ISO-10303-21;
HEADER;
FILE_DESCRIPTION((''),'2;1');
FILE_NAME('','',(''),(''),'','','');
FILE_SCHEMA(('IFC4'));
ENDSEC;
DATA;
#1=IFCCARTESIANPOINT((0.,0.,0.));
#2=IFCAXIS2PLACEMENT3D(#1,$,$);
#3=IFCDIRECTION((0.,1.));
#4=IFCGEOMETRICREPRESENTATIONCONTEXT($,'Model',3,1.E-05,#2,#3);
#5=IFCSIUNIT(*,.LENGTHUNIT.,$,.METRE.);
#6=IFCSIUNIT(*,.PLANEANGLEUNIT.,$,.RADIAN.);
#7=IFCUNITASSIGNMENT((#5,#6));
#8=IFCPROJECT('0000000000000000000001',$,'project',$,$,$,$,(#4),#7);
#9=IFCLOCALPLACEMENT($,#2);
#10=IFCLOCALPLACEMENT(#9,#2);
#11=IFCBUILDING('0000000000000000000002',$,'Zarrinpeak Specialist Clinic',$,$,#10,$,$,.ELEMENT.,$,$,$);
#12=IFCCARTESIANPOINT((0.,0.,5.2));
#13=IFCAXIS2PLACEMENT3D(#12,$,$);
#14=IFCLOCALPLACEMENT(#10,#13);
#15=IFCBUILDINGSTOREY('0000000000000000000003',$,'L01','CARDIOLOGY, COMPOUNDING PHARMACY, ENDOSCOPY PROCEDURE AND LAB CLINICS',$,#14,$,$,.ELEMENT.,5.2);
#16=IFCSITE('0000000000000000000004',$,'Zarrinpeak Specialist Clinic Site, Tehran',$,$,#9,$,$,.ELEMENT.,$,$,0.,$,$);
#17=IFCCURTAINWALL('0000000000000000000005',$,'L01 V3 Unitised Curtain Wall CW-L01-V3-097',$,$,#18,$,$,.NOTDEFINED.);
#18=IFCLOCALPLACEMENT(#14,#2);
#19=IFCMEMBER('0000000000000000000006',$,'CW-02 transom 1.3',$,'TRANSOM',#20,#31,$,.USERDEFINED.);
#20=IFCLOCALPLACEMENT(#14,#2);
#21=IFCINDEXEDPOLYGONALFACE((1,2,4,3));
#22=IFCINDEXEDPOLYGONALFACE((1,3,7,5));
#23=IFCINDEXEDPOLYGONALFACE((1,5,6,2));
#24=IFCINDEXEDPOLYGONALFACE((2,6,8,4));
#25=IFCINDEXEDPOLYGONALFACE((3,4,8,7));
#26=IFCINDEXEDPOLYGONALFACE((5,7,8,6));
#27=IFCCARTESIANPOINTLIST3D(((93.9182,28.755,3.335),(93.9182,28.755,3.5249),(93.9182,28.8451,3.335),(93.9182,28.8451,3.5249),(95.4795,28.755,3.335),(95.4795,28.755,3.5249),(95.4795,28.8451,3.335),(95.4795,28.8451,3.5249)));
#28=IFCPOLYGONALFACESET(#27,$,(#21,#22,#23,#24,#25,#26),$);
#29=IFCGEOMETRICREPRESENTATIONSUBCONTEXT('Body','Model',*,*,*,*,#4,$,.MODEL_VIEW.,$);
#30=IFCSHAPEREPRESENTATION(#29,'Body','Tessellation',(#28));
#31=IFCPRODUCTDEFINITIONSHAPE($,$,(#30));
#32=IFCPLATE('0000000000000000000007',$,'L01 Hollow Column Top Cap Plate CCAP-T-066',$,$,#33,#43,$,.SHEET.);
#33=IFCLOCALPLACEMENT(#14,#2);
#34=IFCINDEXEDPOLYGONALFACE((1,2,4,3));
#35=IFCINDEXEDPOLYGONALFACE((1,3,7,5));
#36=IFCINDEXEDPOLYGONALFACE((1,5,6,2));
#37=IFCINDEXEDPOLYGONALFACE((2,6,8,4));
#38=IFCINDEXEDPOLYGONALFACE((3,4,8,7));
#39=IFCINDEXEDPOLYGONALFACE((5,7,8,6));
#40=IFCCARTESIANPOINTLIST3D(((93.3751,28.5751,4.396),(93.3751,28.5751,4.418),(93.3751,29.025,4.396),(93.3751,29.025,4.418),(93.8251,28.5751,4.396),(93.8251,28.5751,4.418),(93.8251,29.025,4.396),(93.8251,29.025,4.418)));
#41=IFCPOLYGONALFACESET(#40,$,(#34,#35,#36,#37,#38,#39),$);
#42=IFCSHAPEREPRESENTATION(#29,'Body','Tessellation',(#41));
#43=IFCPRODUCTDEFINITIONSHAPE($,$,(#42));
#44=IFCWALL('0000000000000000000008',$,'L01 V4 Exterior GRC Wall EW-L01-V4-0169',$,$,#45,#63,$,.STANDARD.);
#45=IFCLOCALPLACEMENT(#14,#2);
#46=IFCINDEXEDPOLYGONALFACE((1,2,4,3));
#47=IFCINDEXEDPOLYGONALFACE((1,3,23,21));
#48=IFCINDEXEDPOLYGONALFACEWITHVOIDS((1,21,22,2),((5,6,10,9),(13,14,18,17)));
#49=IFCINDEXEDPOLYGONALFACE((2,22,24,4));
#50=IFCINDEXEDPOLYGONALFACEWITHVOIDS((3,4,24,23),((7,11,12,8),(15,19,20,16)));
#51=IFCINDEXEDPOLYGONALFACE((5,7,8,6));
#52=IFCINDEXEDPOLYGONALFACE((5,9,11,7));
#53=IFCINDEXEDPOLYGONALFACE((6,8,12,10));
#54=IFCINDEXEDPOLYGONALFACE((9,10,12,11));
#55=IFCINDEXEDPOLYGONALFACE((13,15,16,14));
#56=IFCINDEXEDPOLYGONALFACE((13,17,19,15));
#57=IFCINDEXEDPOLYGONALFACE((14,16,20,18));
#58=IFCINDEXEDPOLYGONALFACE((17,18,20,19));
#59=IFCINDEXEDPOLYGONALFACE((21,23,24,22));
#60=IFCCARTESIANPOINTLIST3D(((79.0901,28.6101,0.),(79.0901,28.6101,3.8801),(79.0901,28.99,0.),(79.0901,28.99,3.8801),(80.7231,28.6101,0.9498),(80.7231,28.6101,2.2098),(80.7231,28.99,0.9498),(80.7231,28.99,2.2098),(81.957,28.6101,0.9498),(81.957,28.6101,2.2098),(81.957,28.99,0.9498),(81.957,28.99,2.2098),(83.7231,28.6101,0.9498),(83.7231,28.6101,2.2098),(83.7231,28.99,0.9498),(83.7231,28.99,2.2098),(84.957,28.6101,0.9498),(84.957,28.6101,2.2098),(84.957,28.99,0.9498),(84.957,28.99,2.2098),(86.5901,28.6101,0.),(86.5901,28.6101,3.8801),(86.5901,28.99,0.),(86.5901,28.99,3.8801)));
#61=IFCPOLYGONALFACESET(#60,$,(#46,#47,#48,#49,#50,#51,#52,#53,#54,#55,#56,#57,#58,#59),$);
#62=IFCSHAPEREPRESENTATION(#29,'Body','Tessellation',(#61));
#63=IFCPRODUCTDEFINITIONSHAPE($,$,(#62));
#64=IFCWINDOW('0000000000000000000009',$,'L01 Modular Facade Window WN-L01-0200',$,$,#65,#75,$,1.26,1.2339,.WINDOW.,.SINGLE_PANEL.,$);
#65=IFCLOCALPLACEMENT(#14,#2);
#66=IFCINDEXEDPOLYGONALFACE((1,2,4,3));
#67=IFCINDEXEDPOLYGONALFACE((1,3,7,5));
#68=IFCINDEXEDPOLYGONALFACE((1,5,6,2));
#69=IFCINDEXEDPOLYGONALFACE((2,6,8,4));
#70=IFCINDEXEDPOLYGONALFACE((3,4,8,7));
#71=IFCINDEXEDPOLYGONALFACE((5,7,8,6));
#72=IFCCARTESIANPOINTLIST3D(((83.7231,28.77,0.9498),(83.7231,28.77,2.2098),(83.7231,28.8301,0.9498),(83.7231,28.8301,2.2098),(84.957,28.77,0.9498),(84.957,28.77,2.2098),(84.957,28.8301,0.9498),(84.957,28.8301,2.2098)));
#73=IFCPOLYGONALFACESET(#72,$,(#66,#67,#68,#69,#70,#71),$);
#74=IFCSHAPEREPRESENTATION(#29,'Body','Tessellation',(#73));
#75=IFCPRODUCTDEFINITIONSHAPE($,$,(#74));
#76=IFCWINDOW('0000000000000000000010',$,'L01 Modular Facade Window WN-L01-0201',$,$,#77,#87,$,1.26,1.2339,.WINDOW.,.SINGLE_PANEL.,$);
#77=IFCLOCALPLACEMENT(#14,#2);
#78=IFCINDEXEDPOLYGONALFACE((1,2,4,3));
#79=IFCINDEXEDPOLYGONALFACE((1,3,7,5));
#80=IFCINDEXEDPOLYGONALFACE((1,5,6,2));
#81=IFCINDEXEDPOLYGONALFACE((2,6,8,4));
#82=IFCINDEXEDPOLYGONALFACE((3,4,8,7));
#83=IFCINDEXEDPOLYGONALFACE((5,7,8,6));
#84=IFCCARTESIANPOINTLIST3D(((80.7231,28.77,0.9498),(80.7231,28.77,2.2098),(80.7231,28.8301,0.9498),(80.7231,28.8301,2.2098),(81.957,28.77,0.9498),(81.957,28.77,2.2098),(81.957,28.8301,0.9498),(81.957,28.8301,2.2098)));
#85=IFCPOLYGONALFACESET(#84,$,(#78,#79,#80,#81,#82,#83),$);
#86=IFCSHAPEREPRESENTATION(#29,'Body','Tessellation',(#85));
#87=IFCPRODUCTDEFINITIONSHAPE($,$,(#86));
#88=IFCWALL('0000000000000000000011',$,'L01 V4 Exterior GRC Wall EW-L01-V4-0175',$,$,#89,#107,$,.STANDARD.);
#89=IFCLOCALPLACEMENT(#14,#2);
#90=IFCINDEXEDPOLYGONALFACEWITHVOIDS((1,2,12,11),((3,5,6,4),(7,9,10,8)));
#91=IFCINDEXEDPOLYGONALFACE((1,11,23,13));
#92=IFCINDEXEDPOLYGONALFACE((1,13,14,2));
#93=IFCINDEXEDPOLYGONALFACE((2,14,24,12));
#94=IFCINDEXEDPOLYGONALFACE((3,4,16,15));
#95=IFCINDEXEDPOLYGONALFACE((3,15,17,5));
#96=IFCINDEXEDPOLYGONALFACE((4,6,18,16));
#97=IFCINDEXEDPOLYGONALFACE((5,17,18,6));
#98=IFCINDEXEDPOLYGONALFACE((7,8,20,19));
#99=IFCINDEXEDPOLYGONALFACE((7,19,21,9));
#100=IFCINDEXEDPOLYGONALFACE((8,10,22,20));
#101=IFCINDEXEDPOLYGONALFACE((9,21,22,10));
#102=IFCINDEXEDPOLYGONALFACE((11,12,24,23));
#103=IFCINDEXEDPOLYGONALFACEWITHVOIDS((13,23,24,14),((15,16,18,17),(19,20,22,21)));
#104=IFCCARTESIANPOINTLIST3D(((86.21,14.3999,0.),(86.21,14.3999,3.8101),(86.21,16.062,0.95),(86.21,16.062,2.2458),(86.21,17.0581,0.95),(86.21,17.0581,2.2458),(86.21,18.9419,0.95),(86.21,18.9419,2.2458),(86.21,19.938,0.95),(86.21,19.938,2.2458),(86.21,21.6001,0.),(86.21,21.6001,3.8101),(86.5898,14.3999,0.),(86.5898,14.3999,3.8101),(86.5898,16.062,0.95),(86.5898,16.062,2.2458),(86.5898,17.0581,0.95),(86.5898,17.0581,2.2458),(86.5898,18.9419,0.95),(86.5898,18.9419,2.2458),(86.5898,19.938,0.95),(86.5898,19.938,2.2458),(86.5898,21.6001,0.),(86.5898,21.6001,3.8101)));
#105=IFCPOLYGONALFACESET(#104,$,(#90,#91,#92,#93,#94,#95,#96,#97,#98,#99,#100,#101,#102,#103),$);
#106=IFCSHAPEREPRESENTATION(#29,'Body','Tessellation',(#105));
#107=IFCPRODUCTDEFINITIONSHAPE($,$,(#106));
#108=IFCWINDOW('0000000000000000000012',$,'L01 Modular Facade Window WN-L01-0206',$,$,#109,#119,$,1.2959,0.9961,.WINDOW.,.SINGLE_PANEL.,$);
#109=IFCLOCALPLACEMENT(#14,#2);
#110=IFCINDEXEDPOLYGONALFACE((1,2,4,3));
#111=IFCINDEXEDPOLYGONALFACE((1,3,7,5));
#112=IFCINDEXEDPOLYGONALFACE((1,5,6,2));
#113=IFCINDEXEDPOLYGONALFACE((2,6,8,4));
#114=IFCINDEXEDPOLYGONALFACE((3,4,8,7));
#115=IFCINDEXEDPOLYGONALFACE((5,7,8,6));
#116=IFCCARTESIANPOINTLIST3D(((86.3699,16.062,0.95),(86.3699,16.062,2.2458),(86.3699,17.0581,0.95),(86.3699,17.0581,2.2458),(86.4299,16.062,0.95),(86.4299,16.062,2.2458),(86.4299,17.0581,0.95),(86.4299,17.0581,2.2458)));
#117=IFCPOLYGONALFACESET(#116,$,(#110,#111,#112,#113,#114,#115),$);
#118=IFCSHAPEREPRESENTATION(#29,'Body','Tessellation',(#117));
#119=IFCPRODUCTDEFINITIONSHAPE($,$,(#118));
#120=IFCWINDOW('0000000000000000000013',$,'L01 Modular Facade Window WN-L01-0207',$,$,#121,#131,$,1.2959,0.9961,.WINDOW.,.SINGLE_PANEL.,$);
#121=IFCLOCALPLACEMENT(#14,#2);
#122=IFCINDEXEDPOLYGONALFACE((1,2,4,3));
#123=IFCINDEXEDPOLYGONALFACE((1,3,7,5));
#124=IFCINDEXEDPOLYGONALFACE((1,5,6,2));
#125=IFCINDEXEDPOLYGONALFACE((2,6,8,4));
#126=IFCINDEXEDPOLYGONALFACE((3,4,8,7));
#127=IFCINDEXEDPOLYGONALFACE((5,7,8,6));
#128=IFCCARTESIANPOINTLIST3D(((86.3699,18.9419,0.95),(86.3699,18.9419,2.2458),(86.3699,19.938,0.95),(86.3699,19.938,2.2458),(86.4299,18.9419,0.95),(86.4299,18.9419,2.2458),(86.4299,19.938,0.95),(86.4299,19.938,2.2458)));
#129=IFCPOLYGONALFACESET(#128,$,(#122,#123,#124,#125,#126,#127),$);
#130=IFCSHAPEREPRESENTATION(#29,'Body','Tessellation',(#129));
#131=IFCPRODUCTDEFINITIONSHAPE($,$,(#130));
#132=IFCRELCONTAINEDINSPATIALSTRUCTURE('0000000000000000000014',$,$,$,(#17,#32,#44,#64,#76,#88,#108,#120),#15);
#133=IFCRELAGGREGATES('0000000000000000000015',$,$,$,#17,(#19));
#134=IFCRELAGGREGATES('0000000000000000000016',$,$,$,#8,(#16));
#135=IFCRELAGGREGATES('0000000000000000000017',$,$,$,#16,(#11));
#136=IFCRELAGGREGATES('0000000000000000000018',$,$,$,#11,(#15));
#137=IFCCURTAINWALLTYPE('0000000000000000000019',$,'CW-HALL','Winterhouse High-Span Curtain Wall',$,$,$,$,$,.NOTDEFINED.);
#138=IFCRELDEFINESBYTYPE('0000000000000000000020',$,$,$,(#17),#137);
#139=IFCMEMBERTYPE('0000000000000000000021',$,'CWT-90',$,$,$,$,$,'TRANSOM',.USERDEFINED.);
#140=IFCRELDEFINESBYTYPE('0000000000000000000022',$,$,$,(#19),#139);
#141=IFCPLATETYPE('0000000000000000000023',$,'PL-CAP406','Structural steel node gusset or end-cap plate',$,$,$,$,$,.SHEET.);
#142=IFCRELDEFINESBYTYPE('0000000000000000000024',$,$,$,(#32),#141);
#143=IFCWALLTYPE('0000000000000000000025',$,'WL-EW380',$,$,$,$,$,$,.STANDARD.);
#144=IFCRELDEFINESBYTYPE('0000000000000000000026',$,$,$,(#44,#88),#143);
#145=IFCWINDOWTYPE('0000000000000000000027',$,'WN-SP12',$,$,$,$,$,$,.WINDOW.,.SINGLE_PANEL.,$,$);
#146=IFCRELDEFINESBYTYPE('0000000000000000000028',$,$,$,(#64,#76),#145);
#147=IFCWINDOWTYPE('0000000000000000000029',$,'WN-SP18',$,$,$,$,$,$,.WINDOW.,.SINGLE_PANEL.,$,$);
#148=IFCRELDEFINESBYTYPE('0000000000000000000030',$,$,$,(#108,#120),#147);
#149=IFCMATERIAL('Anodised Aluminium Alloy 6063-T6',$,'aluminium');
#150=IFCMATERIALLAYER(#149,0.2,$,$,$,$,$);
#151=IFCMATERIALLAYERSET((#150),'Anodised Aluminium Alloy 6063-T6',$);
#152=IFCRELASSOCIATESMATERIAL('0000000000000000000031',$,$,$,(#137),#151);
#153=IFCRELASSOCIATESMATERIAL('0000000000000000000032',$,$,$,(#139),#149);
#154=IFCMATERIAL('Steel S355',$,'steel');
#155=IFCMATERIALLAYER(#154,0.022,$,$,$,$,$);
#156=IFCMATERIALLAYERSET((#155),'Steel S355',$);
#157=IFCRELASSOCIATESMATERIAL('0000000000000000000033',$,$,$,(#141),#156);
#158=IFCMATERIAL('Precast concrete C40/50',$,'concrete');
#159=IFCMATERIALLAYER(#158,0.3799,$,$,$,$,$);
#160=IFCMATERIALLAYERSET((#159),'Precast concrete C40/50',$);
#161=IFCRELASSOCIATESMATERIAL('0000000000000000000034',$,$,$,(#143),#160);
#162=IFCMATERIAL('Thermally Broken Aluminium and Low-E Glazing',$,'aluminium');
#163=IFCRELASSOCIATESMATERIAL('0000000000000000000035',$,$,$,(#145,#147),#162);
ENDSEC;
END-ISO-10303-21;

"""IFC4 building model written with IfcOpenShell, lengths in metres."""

from ifc_helpers import new_model, si_unit, direction, frame, frame_2d, origin, origin_2d, place, context, subcontext, project, spatial, rectangle, extrude, material, layer, layer_set, material_profile, profile_set, type_object, element, fill, aggregate, save


model = new_model("IFC4")

# Units and contexts
model_context = context("Model", 3, precision=1e-05, world=origin(), true_north=direction((0.0, 1.0)))
body_context = subcontext(model_context, "Body", "Model", "MODEL_VIEW")
ifc_project = project(units=[si_unit("LENGTHUNIT", "METRE"), si_unit("PLANEANGLEUNIT", "RADIAN")], contexts=[model_context])

# Site, building, storey
site_placement = place(None, origin())
site = spatial("IfcSite", under=ifc_project, at=site_placement, Name="Zarrinpeak Specialist Clinic Site, Tehran", CompositionType="ELEMENT", RefElevation=0.0)
building_placement = place(site_placement, origin())
building = spatial("IfcBuilding", under=site, at=building_placement, Name="Zarrinpeak Specialist Clinic", CompositionType="ELEMENT")
storey_placement = place(building_placement, frame((0.0, 0.0, 5.2)))
storey = spatial("IfcBuildingStorey", under=building, at=storey_placement, Name="L01", Description="CARDIOLOGY, COMPOUNDING PHARMACY, ENDOSCOPY PROCEDURE AND LAB CLINICS", CompositionType="ELEMENT", Elevation=5.2)

# Shared definitions
ifc_material_1 = material(Name="Steel S355", Category="steel")

# Curtain wall, member
ifc_material_2 = material(Name="Anodised Aluminium Alloy 6063-T6", Category="aluminium")
ifc_layer_1 = layer(ifc_material_2, 0.2)
ifc_layer_set_1 = layer_set([ifc_layer_1], Name="Anodised Aluminium Alloy 6063-T6")
curtain_wall_type = type_object("IfcCurtainWallType", Name="CW-HALL", Description="Winterhouse High-Span Curtain Wall", PredefinedType="NOTDEFINED", material=ifc_layer_set_1)
curtain_wall_placement = place(storey_placement, origin())
curtain_wall = element("IfcCurtainWall", 1, at=curtain_wall_placement, inside=storey, type_object=curtain_wall_type, Name="L01 V3 Unitised Curtain Wall CW-L01-V3-097", PredefinedType="NOTDEFINED")
ifc_material_profile_1 = material_profile(ifc_material_2, rectangle(XDim=0.0901, YDim=0.1899, at=origin_2d()), Name="ALU 90x190")
ifc_profile_set_1 = profile_set([ifc_material_profile_1], Name="Anodised Aluminium Alloy 6063-T6")
member_type_1 = type_object("IfcMemberType", Name="CWT-90", ElementType="TRANSOM", PredefinedType="USERDEFINED", material=ifc_profile_set_1)
member_1_placement = place(storey_placement, frame((93.9182, 28.8, 3.4299), z_axis=(1.0, 0.0, 0.0), x_axis=(0.0, 1.0, 0.0)))
member_1 = element("IfcMember", 2, at=member_1_placement, type_object=member_type_1, Name="CW-02 transom 1.3", ObjectType="TRANSOM", PredefinedType="USERDEFINED", context=body_context, shape_type="SweptSolid", body=[
    extrude(rectangle(XDim=0.0901, YDim=0.1899, at=origin_2d()), origin(), (0.0, 0.0, 1.0), 1.5613),
])
aggregate(curtain_wall, [member_1])

# Plate
ifc_layer_2 = layer(ifc_material_1, 0.022)
ifc_layer_set_2 = layer_set([ifc_layer_2], Name="Steel S355")
plate_type = type_object("IfcPlateType", Name="PL-CAP406", Description="Structural steel node gusset or end-cap plate", PredefinedType="SHEET", material=ifc_layer_set_2)
plate_placement = place(storey_placement, frame((93.6001, 28.8, 4.396), z_axis=(0.0, 0.0, 1.0), x_axis=(1.0, 0.0, 0.0)))
element("IfcPlate", 3, at=plate_placement, inside=storey, type_object=plate_type, Name="L01 Hollow Column Top Cap Plate CCAP-T-066", PredefinedType="SHEET", context=body_context, shape_type="SweptSolid", body=[
    extrude(rectangle(XDim=0.45, YDim=0.45, at=origin_2d()), origin(), (0.0, 0.0, 1.0), 0.022),
])

# Walls, openings, windows
ifc_material_3 = material(Name="Precast concrete C40/50", Category="concrete")
ifc_layer_3 = layer(ifc_material_3, 0.3799)
ifc_layer_set_3 = layer_set([ifc_layer_3], Name="Precast concrete C40/50")
wall_type = type_object("IfcWallType", Name="WL-EW380", PredefinedType="STANDARD", material=ifc_layer_set_3)
wall_1_placement = place(storey_placement, frame((86.5901, 28.8, 0.0), z_axis=(0.0, 0.0, 1.0), x_axis=(-1.0, 0.0, 0.0)))
wall_1 = element("IfcWall", 4, at=wall_1_placement, inside=storey, type_object=wall_type, Name="L01 V4 Exterior GRC Wall EW-L01-V4-0169", PredefinedType="STANDARD", context=body_context, shape_type="SweptSolid", body=[
    extrude(rectangle(XDim=7.5, YDim=0.3799, at=frame_2d((3.75, 0.0))), origin(), (0.0, 0.0, 1.0), 3.8801),
])
opening_1_placement = place(wall_1_placement, frame((1.6331, 0.0, 0.95)))
opening_1 = element("IfcOpeningElement", 5, at=opening_1_placement, cuts=wall_1, PredefinedType="OPENING", context=body_context, shape_type="SweptSolid", body=[
    extrude(rectangle(XDim=1.2339, YDim=1.26, at=frame_2d((0.6169, 0.6299))), frame((0.0, 0.2, 0.0), z_axis=(0.0, -1.0, 0.0), x_axis=(1.0, 0.0, 0.0)), (0.0, 0.0, 1.0), 0.3999),
])
opening_2_placement = place(wall_1_placement, frame((4.6331, 0.0, 0.95)))
opening_2 = element("IfcOpeningElement", 6, at=opening_2_placement, cuts=wall_1, PredefinedType="OPENING", context=body_context, shape_type="SweptSolid", body=[
    extrude(rectangle(XDim=1.2339, YDim=1.26, at=frame_2d((0.6169, 0.6299))), frame((0.0, 0.2, 0.0), z_axis=(0.0, -1.0, 0.0), x_axis=(1.0, 0.0, 0.0)), (0.0, 0.0, 1.0), 0.3999),
])
ifc_material_4 = material(Name="Thermally Broken Aluminium and Low-E Glazing", Category="aluminium")
window_type_1 = type_object("IfcWindowType", Name="WN-SP12", PartitioningType="SINGLE_PANEL", PredefinedType="WINDOW", material=ifc_material_4)
window_1_placement = place(opening_1_placement, origin())
window_1 = element("IfcWindow", 7, at=window_1_placement, inside=storey, type_object=window_type_1, Name="L01 Modular Facade Window WN-L01-0200", OverallHeight=1.26, OverallWidth=1.2339, PartitioningType="SINGLE_PANEL", PredefinedType="WINDOW", context=body_context, shape_type="SweptSolid", body=[
    extrude(rectangle(XDim=1.2339, YDim=1.26, at=frame_2d((0.6169, 0.6299))), frame((0.0, 0.03, 0.0), z_axis=(0.0, -1.0, 0.0), x_axis=(1.0, 0.0, 0.0)), (0.0, 0.0, 1.0), 0.0601),
])
fill(opening_1, window_1)
window_2_placement = place(opening_2_placement, origin())
window_2 = element("IfcWindow", 8, at=window_2_placement, inside=storey, type_object=window_type_1, Name="L01 Modular Facade Window WN-L01-0201", OverallHeight=1.26, OverallWidth=1.2339, PartitioningType="SINGLE_PANEL", PredefinedType="WINDOW", context=body_context, shape_type="SweptSolid", body=[
    extrude(rectangle(XDim=1.2339, YDim=1.26, at=frame_2d((0.6169, 0.6299))), frame((0.0, 0.03, 0.0), z_axis=(0.0, -1.0, 0.0), x_axis=(1.0, 0.0, 0.0)), (0.0, 0.0, 1.0), 0.0601),
])
fill(opening_2, window_2)
wall_2_placement = place(storey_placement, frame((86.3999, 14.3999, 0.0), z_axis=(0.0, 0.0, 1.0), x_axis=(0.0, 1.0, 0.0)))
wall_2 = element("IfcWall", 9, at=wall_2_placement, inside=storey, type_object=wall_type, Name="L01 V4 Exterior GRC Wall EW-L01-V4-0175", PredefinedType="STANDARD", context=body_context, shape_type="SweptSolid", body=[
    extrude(rectangle(XDim=7.2002, YDim=0.3799, at=frame_2d((3.6001, 0.0))), origin(), (0.0, 0.0, 1.0), 3.8101),
])
opening_3_placement = place(wall_2_placement, frame((1.6621, 0.0, 0.95)))
opening_3 = element("IfcOpeningElement", 10, at=opening_3_placement, cuts=wall_2, PredefinedType="OPENING", context=body_context, shape_type="SweptSolid", body=[
    extrude(rectangle(XDim=0.9961, YDim=1.2959, at=frame_2d((0.498, 0.6479))), frame((0.0, 0.2, 0.0), z_axis=(0.0, -1.0, 0.0), x_axis=(1.0, 0.0, 0.0)), (0.0, 0.0, 1.0), 0.3999),
])
opening_4_placement = place(wall_2_placement, frame((4.542, 0.0, 0.95)))
opening_4 = element("IfcOpeningElement", 11, at=opening_4_placement, cuts=wall_2, PredefinedType="OPENING", context=body_context, shape_type="SweptSolid", body=[
    extrude(rectangle(XDim=0.9961, YDim=1.2959, at=frame_2d((0.498, 0.6479))), frame((0.0, 0.2, 0.0), z_axis=(0.0, -1.0, 0.0), x_axis=(1.0, 0.0, 0.0)), (0.0, 0.0, 1.0), 0.3999),
])
window_type_2 = type_object("IfcWindowType", Name="WN-SP18", PartitioningType="SINGLE_PANEL", PredefinedType="WINDOW", material=ifc_material_4)
window_3_placement = place(opening_3_placement, origin())
window_3 = element("IfcWindow", 12, at=window_3_placement, inside=storey, type_object=window_type_2, Name="L01 Modular Facade Window WN-L01-0206", OverallHeight=1.2959, OverallWidth=0.9961, PartitioningType="SINGLE_PANEL", PredefinedType="WINDOW", context=body_context, shape_type="SweptSolid", body=[
    extrude(rectangle(XDim=0.9961, YDim=1.2959, at=frame_2d((0.498, 0.6479))), frame((0.0, 0.03, 0.0), z_axis=(0.0, -1.0, 0.0), x_axis=(1.0, 0.0, 0.0)), (0.0, 0.0, 1.0), 0.0601),
])
fill(opening_3, window_3)
window_4_placement = place(opening_4_placement, origin())
window_4 = element("IfcWindow", 13, at=window_4_placement, inside=storey, type_object=window_type_2, Name="L01 Modular Facade Window WN-L01-0207", OverallHeight=1.2959, OverallWidth=0.9961, PartitioningType="SINGLE_PANEL", PredefinedType="WINDOW", context=body_context, shape_type="SweptSolid", body=[
    extrude(rectangle(XDim=0.9961, YDim=1.2959, at=frame_2d((0.498, 0.6479))), frame((0.0, 0.03, 0.0), z_axis=(0.0, -1.0, 0.0), x_axis=(1.0, 0.0, 0.0)), (0.0, 0.0, 1.0), 0.0601),
])
fill(opening_4, window_4)

save(model, "model.ifc")
